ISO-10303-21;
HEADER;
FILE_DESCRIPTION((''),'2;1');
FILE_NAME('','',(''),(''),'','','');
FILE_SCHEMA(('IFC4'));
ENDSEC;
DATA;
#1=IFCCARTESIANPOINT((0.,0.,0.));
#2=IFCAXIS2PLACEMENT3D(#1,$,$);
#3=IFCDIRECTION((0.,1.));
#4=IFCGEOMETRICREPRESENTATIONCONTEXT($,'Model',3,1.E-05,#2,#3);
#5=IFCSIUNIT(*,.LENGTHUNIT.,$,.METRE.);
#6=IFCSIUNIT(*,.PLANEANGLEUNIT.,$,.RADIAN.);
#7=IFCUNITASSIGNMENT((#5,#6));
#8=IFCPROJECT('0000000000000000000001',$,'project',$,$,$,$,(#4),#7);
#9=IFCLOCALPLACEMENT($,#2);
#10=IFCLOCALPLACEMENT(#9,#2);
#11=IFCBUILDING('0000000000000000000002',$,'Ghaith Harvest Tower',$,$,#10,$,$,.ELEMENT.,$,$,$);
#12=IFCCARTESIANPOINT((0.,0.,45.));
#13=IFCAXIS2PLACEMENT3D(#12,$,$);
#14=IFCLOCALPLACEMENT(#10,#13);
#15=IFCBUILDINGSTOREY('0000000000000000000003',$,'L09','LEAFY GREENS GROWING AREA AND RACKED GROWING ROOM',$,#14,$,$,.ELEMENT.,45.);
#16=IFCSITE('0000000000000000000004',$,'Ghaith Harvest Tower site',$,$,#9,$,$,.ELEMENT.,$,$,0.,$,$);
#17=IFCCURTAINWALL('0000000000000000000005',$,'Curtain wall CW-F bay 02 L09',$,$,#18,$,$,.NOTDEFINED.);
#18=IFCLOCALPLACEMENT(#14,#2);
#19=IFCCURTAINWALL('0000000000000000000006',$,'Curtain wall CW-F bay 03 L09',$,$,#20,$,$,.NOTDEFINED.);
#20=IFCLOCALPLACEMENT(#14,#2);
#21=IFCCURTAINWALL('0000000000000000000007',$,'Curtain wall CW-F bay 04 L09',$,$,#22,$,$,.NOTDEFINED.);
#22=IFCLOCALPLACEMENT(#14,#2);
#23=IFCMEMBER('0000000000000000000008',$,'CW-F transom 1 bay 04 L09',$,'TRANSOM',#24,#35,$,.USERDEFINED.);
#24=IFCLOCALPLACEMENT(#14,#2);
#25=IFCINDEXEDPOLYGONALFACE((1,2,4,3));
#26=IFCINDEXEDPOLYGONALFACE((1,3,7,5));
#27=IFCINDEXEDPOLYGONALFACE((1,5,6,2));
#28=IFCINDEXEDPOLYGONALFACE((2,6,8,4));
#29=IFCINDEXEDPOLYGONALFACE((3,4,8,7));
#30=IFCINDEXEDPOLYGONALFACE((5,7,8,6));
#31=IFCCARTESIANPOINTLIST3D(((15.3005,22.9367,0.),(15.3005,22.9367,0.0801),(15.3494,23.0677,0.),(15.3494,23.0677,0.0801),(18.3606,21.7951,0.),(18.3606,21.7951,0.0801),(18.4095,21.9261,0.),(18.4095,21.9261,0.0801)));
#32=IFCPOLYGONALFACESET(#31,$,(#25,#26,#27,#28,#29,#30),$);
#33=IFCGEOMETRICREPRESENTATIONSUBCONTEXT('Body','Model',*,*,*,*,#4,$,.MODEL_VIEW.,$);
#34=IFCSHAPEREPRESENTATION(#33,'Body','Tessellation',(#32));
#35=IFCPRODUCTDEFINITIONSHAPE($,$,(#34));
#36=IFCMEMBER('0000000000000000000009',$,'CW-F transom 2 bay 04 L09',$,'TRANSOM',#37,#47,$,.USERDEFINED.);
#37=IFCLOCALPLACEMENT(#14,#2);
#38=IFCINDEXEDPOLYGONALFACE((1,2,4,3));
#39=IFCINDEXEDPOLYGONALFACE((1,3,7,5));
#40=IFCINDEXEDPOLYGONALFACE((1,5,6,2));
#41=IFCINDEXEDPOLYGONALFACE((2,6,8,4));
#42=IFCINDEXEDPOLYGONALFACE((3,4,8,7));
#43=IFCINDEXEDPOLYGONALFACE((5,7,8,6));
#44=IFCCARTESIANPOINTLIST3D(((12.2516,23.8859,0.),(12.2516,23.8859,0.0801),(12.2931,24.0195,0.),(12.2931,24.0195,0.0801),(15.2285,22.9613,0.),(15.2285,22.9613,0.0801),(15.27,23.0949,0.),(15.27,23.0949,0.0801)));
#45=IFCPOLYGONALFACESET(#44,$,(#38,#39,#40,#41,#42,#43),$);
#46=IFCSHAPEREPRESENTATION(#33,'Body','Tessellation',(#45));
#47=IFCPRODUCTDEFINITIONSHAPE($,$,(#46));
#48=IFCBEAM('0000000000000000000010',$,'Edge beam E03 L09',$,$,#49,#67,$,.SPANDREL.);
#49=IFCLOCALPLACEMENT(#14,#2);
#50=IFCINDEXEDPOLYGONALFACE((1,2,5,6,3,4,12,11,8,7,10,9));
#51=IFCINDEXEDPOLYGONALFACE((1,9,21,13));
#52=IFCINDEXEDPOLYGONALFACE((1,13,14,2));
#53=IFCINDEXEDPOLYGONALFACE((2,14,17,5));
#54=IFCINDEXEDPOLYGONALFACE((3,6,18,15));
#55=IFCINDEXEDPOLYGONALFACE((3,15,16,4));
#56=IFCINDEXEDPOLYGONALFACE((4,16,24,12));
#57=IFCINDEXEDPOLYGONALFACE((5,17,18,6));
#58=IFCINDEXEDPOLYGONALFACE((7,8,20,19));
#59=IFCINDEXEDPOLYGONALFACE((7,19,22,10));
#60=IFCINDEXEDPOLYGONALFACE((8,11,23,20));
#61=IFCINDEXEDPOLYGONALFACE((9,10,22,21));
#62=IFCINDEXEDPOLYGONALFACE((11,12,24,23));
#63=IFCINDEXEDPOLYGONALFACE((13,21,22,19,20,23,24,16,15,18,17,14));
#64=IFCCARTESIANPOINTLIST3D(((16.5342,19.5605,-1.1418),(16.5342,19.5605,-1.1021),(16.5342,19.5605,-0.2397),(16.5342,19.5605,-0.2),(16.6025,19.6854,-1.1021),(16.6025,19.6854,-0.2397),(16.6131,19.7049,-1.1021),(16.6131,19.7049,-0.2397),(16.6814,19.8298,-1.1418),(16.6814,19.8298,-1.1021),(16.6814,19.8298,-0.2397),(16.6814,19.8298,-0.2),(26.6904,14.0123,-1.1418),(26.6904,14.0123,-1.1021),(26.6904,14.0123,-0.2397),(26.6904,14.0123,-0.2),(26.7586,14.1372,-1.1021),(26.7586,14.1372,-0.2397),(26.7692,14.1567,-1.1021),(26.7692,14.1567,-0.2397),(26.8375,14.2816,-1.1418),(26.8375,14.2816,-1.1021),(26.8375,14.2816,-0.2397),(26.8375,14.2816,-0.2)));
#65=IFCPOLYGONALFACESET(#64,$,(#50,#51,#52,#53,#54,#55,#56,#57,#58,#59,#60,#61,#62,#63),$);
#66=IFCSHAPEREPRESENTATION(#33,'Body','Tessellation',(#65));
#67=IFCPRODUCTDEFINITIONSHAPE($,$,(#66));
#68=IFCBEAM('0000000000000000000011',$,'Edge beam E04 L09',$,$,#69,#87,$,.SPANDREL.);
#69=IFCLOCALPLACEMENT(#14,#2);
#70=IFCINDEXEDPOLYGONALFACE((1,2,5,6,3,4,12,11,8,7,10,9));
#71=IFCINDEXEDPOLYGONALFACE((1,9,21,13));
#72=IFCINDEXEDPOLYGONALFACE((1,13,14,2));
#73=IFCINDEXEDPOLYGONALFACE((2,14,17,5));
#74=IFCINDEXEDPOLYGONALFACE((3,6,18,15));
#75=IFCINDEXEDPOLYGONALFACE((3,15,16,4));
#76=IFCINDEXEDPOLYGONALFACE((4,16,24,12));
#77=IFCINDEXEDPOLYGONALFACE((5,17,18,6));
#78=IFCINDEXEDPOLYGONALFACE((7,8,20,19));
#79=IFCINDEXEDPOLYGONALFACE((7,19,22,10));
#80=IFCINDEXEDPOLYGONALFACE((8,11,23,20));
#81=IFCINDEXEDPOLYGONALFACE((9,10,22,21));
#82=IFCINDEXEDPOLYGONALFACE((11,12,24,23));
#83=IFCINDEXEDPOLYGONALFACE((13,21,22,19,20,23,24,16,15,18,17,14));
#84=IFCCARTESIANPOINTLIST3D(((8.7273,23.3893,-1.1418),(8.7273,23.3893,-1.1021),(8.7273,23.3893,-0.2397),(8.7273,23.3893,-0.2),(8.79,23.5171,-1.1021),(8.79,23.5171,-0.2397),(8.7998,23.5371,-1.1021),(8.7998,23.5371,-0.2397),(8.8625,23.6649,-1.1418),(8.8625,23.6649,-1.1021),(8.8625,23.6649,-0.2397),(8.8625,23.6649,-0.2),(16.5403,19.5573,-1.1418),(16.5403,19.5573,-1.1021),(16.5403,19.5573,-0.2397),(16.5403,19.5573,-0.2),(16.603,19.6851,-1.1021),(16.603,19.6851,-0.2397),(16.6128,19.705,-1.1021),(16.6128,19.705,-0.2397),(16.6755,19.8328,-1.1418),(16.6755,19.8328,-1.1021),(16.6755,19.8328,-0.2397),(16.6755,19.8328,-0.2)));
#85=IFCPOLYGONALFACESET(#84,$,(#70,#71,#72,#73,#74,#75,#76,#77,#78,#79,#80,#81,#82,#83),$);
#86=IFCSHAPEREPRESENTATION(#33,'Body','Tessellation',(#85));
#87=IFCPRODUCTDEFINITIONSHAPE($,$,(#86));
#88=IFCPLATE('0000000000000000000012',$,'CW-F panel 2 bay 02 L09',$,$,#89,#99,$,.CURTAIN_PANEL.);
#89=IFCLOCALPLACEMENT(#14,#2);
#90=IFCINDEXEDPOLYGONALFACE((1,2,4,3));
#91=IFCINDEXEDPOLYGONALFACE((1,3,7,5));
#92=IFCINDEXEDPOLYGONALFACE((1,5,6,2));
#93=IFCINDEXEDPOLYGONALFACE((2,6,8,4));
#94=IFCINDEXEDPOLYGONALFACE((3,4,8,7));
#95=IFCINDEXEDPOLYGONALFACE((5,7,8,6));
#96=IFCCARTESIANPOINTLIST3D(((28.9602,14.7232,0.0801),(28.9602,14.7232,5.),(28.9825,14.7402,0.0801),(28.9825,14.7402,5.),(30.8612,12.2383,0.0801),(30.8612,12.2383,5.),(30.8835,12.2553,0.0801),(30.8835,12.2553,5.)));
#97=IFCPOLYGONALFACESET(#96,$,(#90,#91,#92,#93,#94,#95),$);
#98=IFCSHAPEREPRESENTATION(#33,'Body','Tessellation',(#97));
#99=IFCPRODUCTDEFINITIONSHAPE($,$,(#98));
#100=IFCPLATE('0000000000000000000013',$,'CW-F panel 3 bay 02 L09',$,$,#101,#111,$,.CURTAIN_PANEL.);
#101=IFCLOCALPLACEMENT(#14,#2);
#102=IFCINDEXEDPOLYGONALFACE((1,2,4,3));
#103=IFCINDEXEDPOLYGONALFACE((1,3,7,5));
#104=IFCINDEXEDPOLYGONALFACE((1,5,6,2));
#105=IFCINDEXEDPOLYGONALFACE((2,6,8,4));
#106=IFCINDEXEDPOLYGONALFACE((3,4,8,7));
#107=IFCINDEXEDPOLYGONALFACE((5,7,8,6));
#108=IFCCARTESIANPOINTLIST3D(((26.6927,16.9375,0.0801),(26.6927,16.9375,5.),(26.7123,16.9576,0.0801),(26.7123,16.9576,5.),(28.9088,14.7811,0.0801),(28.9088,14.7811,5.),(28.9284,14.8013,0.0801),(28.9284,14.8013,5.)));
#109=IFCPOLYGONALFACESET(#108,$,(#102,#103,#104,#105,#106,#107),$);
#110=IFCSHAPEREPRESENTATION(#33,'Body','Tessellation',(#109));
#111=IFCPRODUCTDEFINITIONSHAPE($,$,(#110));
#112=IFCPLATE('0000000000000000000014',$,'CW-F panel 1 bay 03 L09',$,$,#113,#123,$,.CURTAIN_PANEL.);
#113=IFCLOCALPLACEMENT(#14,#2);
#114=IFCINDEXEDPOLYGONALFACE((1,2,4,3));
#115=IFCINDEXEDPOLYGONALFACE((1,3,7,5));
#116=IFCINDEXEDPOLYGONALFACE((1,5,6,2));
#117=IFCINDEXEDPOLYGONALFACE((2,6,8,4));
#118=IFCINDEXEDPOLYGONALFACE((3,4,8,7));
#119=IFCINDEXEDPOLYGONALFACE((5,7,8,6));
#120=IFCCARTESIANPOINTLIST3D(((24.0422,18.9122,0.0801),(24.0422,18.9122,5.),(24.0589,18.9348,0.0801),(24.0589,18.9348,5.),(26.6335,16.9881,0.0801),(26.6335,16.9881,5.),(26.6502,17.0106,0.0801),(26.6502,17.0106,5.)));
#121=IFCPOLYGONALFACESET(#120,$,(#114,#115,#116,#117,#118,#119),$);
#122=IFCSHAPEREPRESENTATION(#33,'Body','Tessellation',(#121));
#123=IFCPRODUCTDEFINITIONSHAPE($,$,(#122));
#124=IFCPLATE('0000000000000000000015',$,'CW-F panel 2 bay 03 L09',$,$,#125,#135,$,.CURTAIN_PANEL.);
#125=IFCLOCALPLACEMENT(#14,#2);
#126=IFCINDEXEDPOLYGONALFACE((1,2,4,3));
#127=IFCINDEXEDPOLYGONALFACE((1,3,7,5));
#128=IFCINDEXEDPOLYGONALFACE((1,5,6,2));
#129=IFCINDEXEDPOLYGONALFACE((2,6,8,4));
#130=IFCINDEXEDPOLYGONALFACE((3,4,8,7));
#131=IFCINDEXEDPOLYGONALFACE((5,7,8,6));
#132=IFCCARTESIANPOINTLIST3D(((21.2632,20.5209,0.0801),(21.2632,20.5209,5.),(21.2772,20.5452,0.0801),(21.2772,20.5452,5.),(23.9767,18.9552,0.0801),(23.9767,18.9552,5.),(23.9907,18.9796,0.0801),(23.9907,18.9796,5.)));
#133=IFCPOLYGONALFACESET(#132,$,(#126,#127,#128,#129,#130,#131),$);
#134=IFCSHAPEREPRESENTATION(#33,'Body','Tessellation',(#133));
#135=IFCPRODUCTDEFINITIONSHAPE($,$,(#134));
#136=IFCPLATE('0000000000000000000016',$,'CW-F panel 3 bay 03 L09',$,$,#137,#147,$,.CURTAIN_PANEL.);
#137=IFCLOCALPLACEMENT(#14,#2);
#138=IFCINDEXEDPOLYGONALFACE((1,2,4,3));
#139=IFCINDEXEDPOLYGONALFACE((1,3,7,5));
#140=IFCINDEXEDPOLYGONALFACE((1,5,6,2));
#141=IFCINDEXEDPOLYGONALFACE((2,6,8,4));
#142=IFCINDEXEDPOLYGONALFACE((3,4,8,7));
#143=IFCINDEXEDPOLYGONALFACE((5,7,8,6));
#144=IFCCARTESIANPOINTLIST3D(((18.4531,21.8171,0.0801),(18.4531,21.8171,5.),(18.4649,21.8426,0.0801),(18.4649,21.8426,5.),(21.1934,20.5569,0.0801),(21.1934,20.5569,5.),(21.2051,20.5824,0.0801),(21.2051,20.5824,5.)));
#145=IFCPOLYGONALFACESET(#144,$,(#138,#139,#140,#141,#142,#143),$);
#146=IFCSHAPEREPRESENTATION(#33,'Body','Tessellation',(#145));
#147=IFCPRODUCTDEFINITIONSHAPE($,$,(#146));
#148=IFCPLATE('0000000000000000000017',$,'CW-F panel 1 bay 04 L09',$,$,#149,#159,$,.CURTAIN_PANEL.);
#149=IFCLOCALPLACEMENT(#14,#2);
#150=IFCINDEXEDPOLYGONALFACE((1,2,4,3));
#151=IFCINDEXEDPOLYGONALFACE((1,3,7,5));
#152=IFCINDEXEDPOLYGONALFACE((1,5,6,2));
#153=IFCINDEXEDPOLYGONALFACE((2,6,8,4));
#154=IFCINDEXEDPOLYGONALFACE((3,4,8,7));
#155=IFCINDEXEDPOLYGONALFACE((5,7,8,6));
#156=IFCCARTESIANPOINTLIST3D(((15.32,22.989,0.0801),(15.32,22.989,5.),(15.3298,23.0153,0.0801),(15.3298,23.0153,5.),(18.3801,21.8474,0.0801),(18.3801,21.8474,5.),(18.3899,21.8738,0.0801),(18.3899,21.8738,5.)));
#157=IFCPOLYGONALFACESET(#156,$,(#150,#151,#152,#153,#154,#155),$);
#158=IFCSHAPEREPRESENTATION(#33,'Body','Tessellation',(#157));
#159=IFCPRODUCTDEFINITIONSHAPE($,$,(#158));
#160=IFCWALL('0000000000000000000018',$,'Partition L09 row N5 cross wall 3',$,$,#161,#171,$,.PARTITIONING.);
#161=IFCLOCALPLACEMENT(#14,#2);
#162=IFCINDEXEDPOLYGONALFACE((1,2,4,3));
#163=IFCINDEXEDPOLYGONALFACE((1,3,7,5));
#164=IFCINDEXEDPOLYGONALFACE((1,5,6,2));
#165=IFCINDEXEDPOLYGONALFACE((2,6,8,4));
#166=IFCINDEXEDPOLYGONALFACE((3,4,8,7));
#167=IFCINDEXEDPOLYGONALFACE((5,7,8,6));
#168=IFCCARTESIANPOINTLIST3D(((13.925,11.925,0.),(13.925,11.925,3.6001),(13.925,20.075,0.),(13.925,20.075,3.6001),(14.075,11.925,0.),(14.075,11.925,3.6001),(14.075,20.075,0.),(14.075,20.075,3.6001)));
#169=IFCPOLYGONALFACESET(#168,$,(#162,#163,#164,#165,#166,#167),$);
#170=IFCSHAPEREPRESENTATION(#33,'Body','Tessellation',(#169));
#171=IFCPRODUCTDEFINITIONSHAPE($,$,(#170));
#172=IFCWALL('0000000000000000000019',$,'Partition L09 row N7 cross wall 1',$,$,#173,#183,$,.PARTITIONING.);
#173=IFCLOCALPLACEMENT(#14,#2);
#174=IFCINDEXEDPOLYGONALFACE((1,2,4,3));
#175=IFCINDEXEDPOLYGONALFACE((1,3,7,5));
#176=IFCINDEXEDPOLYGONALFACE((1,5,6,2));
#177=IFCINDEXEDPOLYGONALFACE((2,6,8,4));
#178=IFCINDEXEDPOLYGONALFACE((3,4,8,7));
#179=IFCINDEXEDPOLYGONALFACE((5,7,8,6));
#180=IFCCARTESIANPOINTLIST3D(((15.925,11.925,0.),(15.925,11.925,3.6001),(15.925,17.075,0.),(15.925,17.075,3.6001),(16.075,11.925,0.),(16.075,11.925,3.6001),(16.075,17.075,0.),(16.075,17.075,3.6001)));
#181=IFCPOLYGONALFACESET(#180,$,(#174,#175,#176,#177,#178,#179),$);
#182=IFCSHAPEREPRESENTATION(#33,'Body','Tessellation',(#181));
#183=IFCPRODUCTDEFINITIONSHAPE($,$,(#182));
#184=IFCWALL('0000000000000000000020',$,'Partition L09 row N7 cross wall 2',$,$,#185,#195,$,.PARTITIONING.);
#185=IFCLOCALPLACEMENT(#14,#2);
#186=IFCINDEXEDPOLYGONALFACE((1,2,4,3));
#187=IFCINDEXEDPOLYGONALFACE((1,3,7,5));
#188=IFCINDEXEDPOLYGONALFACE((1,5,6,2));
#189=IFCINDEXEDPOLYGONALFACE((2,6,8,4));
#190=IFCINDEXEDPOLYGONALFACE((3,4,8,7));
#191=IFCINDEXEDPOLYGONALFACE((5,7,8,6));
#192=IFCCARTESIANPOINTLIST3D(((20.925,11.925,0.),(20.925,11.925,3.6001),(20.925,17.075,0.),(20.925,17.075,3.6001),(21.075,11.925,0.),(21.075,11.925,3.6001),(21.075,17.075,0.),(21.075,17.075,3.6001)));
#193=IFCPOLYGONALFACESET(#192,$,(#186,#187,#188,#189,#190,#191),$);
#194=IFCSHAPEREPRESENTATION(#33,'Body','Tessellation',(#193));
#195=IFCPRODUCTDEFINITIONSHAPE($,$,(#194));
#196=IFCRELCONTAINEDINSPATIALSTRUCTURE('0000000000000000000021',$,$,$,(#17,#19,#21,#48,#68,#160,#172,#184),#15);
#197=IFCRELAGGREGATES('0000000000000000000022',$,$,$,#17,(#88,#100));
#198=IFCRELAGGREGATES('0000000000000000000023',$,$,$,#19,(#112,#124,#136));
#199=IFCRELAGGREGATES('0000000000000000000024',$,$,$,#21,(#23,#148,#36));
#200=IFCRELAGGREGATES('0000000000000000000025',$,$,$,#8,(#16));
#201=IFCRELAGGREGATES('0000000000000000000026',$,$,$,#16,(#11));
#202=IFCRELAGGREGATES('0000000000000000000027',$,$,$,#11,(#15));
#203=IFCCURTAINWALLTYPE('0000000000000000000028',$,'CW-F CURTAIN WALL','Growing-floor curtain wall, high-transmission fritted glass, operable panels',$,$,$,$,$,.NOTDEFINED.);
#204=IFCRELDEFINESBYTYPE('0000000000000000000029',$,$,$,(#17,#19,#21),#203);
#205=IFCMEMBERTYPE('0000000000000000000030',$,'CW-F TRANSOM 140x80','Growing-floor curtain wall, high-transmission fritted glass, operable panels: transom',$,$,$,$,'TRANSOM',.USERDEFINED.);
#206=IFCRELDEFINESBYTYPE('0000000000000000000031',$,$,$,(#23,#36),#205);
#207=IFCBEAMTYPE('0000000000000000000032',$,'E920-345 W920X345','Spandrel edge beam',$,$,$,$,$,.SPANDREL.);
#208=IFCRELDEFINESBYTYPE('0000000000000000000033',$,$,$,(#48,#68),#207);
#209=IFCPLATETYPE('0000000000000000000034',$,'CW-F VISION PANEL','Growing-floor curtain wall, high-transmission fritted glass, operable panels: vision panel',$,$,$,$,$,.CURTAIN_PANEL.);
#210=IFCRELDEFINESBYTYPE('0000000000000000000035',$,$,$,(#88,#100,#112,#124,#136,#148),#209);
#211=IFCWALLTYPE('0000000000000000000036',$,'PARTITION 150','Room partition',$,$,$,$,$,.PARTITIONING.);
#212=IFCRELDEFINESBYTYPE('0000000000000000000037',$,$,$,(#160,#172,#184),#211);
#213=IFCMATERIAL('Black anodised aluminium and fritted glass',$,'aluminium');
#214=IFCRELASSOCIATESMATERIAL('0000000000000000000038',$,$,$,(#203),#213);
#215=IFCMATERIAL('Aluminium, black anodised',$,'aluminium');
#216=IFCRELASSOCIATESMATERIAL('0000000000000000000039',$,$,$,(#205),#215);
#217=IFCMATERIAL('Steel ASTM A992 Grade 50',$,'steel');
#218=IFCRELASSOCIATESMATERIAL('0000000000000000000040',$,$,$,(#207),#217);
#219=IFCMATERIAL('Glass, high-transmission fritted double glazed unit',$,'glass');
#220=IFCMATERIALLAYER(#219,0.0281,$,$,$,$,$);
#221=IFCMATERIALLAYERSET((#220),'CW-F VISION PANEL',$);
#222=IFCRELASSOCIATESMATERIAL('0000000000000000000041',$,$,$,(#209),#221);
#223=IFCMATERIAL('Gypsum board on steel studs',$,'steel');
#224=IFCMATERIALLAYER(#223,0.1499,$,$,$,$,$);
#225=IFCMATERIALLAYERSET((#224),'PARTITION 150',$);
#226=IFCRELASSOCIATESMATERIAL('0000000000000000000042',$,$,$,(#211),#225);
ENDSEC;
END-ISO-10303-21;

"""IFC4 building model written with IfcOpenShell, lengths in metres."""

from ifc_helpers import new_model, si_unit, direction, frame, frame_2d, origin, origin_2d, place, context, subcontext, project, spatial, rectangle, i_section, extrude, material, layer, layer_set, material_profile, profile_set, type_object, element, aggregate, save


model = new_model("IFC4")

# Units and contexts
model_context = context("Model", 3, precision=1e-05, world=origin(), true_north=direction((0.0, 1.0)))
body_context = subcontext(model_context, "Body", "Model", "MODEL_VIEW")
ifc_project = project(units=[si_unit("LENGTHUNIT", "METRE"), si_unit("PLANEANGLEUNIT", "RADIAN")], contexts=[model_context])

# Site, building, storey
site_placement = place(None, origin())
site = spatial("IfcSite", under=ifc_project, at=site_placement, Name="Ghaith Harvest Tower site", CompositionType="ELEMENT", RefElevation=0.0)
building_placement = place(site_placement, origin())
building = spatial("IfcBuilding", under=site, at=building_placement, Name="Ghaith Harvest Tower", CompositionType="ELEMENT")
storey_placement = place(building_placement, frame((0.0, 0.0, 45.0)))
storey = spatial("IfcBuildingStorey", under=building, at=storey_placement, Name="L09", Description="LEAFY GREENS GROWING AREA AND RACKED GROWING ROOM", CompositionType="ELEMENT", Elevation=45.0)

# Curtain walls
ifc_material_1 = material(Name="Black anodised aluminium and fritted glass", Category="aluminium")
curtain_wall_type = type_object("IfcCurtainWallType", Name="CW-F CURTAIN WALL", Description="Growing-floor curtain wall, high-transmission fritted glass, operable panels", PredefinedType="NOTDEFINED", material=ifc_material_1)
curtain_wall_1_placement = place(storey_placement, origin())
curtain_wall_1 = element("IfcCurtainWall", 1, at=curtain_wall_1_placement, inside=storey, type_object=curtain_wall_type, Name="Curtain wall CW-F bay 02 L09", PredefinedType="NOTDEFINED")
curtain_wall_2_placement = place(storey_placement, origin())
curtain_wall_2 = element("IfcCurtainWall", 2, at=curtain_wall_2_placement, inside=storey, type_object=curtain_wall_type, Name="Curtain wall CW-F bay 03 L09", PredefinedType="NOTDEFINED")
curtain_wall_3_placement = place(storey_placement, origin())
curtain_wall_3 = element("IfcCurtainWall", 3, at=curtain_wall_3_placement, inside=storey, type_object=curtain_wall_type, Name="Curtain wall CW-F bay 04 L09", PredefinedType="NOTDEFINED")

# Members
ifc_material_2 = material(Name="Aluminium, black anodised", Category="aluminium")
ifc_material_profile_1 = material_profile(ifc_material_2, rectangle(XDim=0.1399, YDim=0.0801, at=origin_2d()), Name="CW-F TRANSOM 140x80")
ifc_profile_set_1 = profile_set([ifc_material_profile_1], Name="Aluminium, black anodised")
member_type_1 = type_object("IfcMemberType", Name="CW-F TRANSOM 140x80", Description="Growing-floor curtain wall, high-transmission fritted glass, operable panels: transom", ElementType="TRANSOM", PredefinedType="USERDEFINED", material=ifc_profile_set_1)
member_1_placement = place(storey_placement, frame((18.385, 21.8606, 0.04), z_axis=(-0.936924, 0.349534, 0.0), x_axis=(-0.349534, -0.936924, 0.0)))
member_1 = element("IfcMember", 4, at=member_1_placement, type_object=member_type_1, Name="CW-F transom 1 bay 04 L09", ObjectType="TRANSOM", PredefinedType="USERDEFINED", context=body_context, shape_type="SweptSolid", body=[
    extrude(rectangle(XDim=0.1399, YDim=0.0801, at=origin_2d()), origin(), (0.0, 0.0, 1.0), 3.2661),
])
member_2_placement = place(storey_placement, frame((15.2493, 23.0281, 0.04), z_axis=(-0.954998, 0.296611, 0.0), x_axis=(-0.296611, -0.954998, 0.0)))
member_2 = element("IfcMember", 5, at=member_2_placement, type_object=member_type_1, Name="CW-F transom 2 bay 04 L09", ObjectType="TRANSOM", PredefinedType="USERDEFINED", context=body_context, shape_type="SweptSolid", body=[
    extrude(rectangle(XDim=0.1399, YDim=0.0801, at=origin_2d()), origin(), (0.0, 0.0, 1.0), 3.1172),
])

# Beams
ifc_material_3 = material(Name="Steel ASTM A992 Grade 50", Category="steel")
ifc_material_profile_2 = material_profile(ifc_material_3, i_section(OverallWidth=0.3069, OverallDepth=0.9419, WebThickness=0.0222, FlangeThickness=0.0398, at=origin_2d()), Name="W920X345")
ifc_profile_set_2 = profile_set([ifc_material_profile_2], Name="Steel ASTM A992 Grade 50")
beam_type = type_object("IfcBeamType", Name="E920-345 W920X345", Description="Spandrel edge beam", PredefinedType="SPANDREL", material=ifc_profile_set_2)
beam_1_placement = place(storey_placement, frame((26.7639, 14.147, -0.6709), z_axis=(-0.877588, 0.479415, 0.0), x_axis=(-0.479415, -0.877588, 0.0)))
element("IfcBeam", 6, at=beam_1_placement, inside=storey, type_object=beam_type, Name="Edge beam E03 L09", PredefinedType="SPANDREL", context=body_context, shape_type="SweptSolid", body=[
    extrude(i_section(OverallWidth=0.3069, OverallDepth=0.9419, WebThickness=0.0222, FlangeThickness=0.0398, at=origin_2d()), origin(), (0.0, 0.0, 1.0), 11.5728),
])
beam_2_placement = place(storey_placement, frame((16.6079, 19.6951, -0.6709), z_axis=(-0.897824, 0.440355, 0.0), x_axis=(-0.440355, -0.897824, 0.0)))
element("IfcBeam", 7, at=beam_2_placement, inside=storey, type_object=beam_type, Name="Edge beam E04 L09", PredefinedType="SPANDREL", context=body_context, shape_type="SweptSolid", body=[
    extrude(i_section(OverallWidth=0.3069, OverallDepth=0.9419, WebThickness=0.0222, FlangeThickness=0.0398, at=origin_2d()), origin(), (0.0, 0.0, 1.0), 8.7021),
])

# Plates
ifc_material_4 = material(Name="Glass, high-transmission fritted double glazed unit", Category="glass")
ifc_layer_1 = layer(ifc_material_4, 0.0281)
ifc_layer_set_1 = layer_set([ifc_layer_1], Name="CW-F VISION PANEL")
plate_type = type_object("IfcPlateType", Name="CW-F VISION PANEL", Description="Growing-floor curtain wall, high-transmission fritted glass, operable panels: vision panel", PredefinedType="CURTAIN_PANEL", material=ifc_layer_set_1)
plate_1_placement = place(storey_placement, frame((29.9219, 13.4893, 0.0801), z_axis=(0.0, 0.0, 1.0), x_axis=(-0.607612, 0.794234, 0.0)))
plate_1 = element("IfcPlate", 8, at=plate_1_placement, type_object=plate_type, Name="CW-F panel 2 bay 02 L09", PredefinedType="CURTAIN_PANEL", context=body_context, shape_type="SweptSolid", body=[
    extrude(rectangle(XDim=3.1287, YDim=0.0281, at=origin_2d()), origin(), (0.0, 0.0, 1.0), 4.9199),
])
plate_2_placement = place(storey_placement, frame((27.8105, 15.8694, 0.0801), z_axis=(0.0, 0.0, 1.0), x_axis=(-0.716691, 0.697391, 0.0)))
plate_2 = element("IfcPlate", 9, at=plate_2_placement, type_object=plate_type, Name="CW-F panel 3 bay 02 L09", PredefinedType="CURTAIN_PANEL", context=body_context, shape_type="SweptSolid", body=[
    extrude(rectangle(XDim=3.092, YDim=0.0281, at=origin_2d()), origin(), (0.0, 0.0, 1.0), 4.9199),
])
aggregate(curtain_wall_1, [plate_1, plate_2])
plate_3_placement = place(storey_placement, frame((25.3462, 17.9614, 0.0801), z_axis=(0.0, 0.0, 1.0), x_axis=(-0.802867, 0.596158, 0.0)))
plate_3 = element("IfcPlate", 10, at=plate_3_placement, type_object=plate_type, Name="CW-F panel 1 bay 03 L09", PredefinedType="CURTAIN_PANEL", context=body_context, shape_type="SweptSolid", body=[
    extrude(rectangle(XDim=3.2275, YDim=0.0281, at=origin_2d()), origin(), (0.0, 0.0, 1.0), 4.9199),
])
plate_4_placement = place(storey_placement, frame((22.627, 19.7502, 0.0801), z_axis=(0.0, 0.0, 1.0), x_axis=(-0.866159, 0.499768, 0.0)))
plate_4 = element("IfcPlate", 11, at=plate_4_placement, type_object=plate_type, Name="CW-F panel 2 bay 03 L09", PredefinedType="CURTAIN_PANEL", context=body_context, shape_type="SweptSolid", body=[
    extrude(rectangle(XDim=3.1328, YDim=0.0281, at=origin_2d()), origin(), (0.0, 0.0, 1.0), 4.9199),
])
plate_5_placement = place(storey_placement, frame((19.8291, 21.1997, 0.0801), z_axis=(0.0, 0.0, 1.0), x_axis=(-0.90853, 0.417821, 0.0)))
plate_5 = element("IfcPlate", 12, at=plate_5_placement, type_object=plate_type, Name="CW-F panel 3 bay 03 L09", PredefinedType="CURTAIN_PANEL", context=body_context, shape_type="SweptSolid", body=[
    extrude(rectangle(XDim=3.0161, YDim=0.0281, at=origin_2d()), origin(), (0.0, 0.0, 1.0), 4.9199),
])
aggregate(curtain_wall_2, [plate_3, plate_4, plate_5])
plate_6_placement = place(storey_placement, frame((16.855, 22.4314, 0.0801), z_axis=(0.0, 0.0, 1.0), x_axis=(-0.936926, 0.349526, 0.0)))
plate_6 = element("IfcPlate", 13, at=plate_6_placement, type_object=plate_type, Name="CW-F panel 1 bay 04 L09", PredefinedType="CURTAIN_PANEL", context=body_context, shape_type="SweptSolid", body=[
    extrude(rectangle(XDim=3.2661, YDim=0.0281, at=origin_2d()), origin(), (0.0, 0.0, 1.0), 4.9199),
])
aggregate(curtain_wall_3, [member_1, plate_6, member_2])

# Walls
ifc_material_5 = material(Name="Gypsum board on steel studs", Category="steel")
ifc_layer_2 = layer(ifc_material_5, 0.1499)
ifc_layer_set_2 = layer_set([ifc_layer_2], Name="PARTITION 150")
wall_type = type_object("IfcWallType", Name="PARTITION 150", Description="Room partition", PredefinedType="PARTITIONING", material=ifc_layer_set_2)
wall_1_placement = place(storey_placement, frame((14.0, 11.925, 0.0), z_axis=(0.0, 0.0, 1.0), x_axis=(0.0, 1.0, 0.0)))
element("IfcWall", 14, at=wall_1_placement, inside=storey, type_object=wall_type, Name="Partition L09 row N5 cross wall 3", PredefinedType="PARTITIONING", context=body_context, shape_type="SweptSolid", body=[
    extrude(rectangle(XDim=8.1499, YDim=0.1499, at=frame_2d((4.075, 0.0))), origin(), (0.0, 0.0, 1.0), 3.6001),
])
for number, where, z_axis, x_axis, name in (
    (15, (16.0, 11.925, 0.0), (0.0, 0.0, 1.0), (0.0, 1.0, 0.0), "Partition L09 row N7 cross wall 1"),
    (16, (21.0, 11.925, 0.0), (0.0, 0.0, 1.0), (0.0, 1.0, 0.0), "Partition L09 row N7 cross wall 2"),
):
    element("IfcWall", number, at=place(storey_placement, frame(where, z_axis=z_axis, x_axis=x_axis)), inside=storey, type_object=wall_type, Name=name, PredefinedType="PARTITIONING", context=body_context, shape_type="SweptSolid", body=[
        extrude(rectangle(XDim=5.1499, YDim=0.1499, at=frame_2d((2.575, 0.0))), origin(), (0.0, 0.0, 1.0), 3.6001),
    ])

save(model, "model.ifc")
